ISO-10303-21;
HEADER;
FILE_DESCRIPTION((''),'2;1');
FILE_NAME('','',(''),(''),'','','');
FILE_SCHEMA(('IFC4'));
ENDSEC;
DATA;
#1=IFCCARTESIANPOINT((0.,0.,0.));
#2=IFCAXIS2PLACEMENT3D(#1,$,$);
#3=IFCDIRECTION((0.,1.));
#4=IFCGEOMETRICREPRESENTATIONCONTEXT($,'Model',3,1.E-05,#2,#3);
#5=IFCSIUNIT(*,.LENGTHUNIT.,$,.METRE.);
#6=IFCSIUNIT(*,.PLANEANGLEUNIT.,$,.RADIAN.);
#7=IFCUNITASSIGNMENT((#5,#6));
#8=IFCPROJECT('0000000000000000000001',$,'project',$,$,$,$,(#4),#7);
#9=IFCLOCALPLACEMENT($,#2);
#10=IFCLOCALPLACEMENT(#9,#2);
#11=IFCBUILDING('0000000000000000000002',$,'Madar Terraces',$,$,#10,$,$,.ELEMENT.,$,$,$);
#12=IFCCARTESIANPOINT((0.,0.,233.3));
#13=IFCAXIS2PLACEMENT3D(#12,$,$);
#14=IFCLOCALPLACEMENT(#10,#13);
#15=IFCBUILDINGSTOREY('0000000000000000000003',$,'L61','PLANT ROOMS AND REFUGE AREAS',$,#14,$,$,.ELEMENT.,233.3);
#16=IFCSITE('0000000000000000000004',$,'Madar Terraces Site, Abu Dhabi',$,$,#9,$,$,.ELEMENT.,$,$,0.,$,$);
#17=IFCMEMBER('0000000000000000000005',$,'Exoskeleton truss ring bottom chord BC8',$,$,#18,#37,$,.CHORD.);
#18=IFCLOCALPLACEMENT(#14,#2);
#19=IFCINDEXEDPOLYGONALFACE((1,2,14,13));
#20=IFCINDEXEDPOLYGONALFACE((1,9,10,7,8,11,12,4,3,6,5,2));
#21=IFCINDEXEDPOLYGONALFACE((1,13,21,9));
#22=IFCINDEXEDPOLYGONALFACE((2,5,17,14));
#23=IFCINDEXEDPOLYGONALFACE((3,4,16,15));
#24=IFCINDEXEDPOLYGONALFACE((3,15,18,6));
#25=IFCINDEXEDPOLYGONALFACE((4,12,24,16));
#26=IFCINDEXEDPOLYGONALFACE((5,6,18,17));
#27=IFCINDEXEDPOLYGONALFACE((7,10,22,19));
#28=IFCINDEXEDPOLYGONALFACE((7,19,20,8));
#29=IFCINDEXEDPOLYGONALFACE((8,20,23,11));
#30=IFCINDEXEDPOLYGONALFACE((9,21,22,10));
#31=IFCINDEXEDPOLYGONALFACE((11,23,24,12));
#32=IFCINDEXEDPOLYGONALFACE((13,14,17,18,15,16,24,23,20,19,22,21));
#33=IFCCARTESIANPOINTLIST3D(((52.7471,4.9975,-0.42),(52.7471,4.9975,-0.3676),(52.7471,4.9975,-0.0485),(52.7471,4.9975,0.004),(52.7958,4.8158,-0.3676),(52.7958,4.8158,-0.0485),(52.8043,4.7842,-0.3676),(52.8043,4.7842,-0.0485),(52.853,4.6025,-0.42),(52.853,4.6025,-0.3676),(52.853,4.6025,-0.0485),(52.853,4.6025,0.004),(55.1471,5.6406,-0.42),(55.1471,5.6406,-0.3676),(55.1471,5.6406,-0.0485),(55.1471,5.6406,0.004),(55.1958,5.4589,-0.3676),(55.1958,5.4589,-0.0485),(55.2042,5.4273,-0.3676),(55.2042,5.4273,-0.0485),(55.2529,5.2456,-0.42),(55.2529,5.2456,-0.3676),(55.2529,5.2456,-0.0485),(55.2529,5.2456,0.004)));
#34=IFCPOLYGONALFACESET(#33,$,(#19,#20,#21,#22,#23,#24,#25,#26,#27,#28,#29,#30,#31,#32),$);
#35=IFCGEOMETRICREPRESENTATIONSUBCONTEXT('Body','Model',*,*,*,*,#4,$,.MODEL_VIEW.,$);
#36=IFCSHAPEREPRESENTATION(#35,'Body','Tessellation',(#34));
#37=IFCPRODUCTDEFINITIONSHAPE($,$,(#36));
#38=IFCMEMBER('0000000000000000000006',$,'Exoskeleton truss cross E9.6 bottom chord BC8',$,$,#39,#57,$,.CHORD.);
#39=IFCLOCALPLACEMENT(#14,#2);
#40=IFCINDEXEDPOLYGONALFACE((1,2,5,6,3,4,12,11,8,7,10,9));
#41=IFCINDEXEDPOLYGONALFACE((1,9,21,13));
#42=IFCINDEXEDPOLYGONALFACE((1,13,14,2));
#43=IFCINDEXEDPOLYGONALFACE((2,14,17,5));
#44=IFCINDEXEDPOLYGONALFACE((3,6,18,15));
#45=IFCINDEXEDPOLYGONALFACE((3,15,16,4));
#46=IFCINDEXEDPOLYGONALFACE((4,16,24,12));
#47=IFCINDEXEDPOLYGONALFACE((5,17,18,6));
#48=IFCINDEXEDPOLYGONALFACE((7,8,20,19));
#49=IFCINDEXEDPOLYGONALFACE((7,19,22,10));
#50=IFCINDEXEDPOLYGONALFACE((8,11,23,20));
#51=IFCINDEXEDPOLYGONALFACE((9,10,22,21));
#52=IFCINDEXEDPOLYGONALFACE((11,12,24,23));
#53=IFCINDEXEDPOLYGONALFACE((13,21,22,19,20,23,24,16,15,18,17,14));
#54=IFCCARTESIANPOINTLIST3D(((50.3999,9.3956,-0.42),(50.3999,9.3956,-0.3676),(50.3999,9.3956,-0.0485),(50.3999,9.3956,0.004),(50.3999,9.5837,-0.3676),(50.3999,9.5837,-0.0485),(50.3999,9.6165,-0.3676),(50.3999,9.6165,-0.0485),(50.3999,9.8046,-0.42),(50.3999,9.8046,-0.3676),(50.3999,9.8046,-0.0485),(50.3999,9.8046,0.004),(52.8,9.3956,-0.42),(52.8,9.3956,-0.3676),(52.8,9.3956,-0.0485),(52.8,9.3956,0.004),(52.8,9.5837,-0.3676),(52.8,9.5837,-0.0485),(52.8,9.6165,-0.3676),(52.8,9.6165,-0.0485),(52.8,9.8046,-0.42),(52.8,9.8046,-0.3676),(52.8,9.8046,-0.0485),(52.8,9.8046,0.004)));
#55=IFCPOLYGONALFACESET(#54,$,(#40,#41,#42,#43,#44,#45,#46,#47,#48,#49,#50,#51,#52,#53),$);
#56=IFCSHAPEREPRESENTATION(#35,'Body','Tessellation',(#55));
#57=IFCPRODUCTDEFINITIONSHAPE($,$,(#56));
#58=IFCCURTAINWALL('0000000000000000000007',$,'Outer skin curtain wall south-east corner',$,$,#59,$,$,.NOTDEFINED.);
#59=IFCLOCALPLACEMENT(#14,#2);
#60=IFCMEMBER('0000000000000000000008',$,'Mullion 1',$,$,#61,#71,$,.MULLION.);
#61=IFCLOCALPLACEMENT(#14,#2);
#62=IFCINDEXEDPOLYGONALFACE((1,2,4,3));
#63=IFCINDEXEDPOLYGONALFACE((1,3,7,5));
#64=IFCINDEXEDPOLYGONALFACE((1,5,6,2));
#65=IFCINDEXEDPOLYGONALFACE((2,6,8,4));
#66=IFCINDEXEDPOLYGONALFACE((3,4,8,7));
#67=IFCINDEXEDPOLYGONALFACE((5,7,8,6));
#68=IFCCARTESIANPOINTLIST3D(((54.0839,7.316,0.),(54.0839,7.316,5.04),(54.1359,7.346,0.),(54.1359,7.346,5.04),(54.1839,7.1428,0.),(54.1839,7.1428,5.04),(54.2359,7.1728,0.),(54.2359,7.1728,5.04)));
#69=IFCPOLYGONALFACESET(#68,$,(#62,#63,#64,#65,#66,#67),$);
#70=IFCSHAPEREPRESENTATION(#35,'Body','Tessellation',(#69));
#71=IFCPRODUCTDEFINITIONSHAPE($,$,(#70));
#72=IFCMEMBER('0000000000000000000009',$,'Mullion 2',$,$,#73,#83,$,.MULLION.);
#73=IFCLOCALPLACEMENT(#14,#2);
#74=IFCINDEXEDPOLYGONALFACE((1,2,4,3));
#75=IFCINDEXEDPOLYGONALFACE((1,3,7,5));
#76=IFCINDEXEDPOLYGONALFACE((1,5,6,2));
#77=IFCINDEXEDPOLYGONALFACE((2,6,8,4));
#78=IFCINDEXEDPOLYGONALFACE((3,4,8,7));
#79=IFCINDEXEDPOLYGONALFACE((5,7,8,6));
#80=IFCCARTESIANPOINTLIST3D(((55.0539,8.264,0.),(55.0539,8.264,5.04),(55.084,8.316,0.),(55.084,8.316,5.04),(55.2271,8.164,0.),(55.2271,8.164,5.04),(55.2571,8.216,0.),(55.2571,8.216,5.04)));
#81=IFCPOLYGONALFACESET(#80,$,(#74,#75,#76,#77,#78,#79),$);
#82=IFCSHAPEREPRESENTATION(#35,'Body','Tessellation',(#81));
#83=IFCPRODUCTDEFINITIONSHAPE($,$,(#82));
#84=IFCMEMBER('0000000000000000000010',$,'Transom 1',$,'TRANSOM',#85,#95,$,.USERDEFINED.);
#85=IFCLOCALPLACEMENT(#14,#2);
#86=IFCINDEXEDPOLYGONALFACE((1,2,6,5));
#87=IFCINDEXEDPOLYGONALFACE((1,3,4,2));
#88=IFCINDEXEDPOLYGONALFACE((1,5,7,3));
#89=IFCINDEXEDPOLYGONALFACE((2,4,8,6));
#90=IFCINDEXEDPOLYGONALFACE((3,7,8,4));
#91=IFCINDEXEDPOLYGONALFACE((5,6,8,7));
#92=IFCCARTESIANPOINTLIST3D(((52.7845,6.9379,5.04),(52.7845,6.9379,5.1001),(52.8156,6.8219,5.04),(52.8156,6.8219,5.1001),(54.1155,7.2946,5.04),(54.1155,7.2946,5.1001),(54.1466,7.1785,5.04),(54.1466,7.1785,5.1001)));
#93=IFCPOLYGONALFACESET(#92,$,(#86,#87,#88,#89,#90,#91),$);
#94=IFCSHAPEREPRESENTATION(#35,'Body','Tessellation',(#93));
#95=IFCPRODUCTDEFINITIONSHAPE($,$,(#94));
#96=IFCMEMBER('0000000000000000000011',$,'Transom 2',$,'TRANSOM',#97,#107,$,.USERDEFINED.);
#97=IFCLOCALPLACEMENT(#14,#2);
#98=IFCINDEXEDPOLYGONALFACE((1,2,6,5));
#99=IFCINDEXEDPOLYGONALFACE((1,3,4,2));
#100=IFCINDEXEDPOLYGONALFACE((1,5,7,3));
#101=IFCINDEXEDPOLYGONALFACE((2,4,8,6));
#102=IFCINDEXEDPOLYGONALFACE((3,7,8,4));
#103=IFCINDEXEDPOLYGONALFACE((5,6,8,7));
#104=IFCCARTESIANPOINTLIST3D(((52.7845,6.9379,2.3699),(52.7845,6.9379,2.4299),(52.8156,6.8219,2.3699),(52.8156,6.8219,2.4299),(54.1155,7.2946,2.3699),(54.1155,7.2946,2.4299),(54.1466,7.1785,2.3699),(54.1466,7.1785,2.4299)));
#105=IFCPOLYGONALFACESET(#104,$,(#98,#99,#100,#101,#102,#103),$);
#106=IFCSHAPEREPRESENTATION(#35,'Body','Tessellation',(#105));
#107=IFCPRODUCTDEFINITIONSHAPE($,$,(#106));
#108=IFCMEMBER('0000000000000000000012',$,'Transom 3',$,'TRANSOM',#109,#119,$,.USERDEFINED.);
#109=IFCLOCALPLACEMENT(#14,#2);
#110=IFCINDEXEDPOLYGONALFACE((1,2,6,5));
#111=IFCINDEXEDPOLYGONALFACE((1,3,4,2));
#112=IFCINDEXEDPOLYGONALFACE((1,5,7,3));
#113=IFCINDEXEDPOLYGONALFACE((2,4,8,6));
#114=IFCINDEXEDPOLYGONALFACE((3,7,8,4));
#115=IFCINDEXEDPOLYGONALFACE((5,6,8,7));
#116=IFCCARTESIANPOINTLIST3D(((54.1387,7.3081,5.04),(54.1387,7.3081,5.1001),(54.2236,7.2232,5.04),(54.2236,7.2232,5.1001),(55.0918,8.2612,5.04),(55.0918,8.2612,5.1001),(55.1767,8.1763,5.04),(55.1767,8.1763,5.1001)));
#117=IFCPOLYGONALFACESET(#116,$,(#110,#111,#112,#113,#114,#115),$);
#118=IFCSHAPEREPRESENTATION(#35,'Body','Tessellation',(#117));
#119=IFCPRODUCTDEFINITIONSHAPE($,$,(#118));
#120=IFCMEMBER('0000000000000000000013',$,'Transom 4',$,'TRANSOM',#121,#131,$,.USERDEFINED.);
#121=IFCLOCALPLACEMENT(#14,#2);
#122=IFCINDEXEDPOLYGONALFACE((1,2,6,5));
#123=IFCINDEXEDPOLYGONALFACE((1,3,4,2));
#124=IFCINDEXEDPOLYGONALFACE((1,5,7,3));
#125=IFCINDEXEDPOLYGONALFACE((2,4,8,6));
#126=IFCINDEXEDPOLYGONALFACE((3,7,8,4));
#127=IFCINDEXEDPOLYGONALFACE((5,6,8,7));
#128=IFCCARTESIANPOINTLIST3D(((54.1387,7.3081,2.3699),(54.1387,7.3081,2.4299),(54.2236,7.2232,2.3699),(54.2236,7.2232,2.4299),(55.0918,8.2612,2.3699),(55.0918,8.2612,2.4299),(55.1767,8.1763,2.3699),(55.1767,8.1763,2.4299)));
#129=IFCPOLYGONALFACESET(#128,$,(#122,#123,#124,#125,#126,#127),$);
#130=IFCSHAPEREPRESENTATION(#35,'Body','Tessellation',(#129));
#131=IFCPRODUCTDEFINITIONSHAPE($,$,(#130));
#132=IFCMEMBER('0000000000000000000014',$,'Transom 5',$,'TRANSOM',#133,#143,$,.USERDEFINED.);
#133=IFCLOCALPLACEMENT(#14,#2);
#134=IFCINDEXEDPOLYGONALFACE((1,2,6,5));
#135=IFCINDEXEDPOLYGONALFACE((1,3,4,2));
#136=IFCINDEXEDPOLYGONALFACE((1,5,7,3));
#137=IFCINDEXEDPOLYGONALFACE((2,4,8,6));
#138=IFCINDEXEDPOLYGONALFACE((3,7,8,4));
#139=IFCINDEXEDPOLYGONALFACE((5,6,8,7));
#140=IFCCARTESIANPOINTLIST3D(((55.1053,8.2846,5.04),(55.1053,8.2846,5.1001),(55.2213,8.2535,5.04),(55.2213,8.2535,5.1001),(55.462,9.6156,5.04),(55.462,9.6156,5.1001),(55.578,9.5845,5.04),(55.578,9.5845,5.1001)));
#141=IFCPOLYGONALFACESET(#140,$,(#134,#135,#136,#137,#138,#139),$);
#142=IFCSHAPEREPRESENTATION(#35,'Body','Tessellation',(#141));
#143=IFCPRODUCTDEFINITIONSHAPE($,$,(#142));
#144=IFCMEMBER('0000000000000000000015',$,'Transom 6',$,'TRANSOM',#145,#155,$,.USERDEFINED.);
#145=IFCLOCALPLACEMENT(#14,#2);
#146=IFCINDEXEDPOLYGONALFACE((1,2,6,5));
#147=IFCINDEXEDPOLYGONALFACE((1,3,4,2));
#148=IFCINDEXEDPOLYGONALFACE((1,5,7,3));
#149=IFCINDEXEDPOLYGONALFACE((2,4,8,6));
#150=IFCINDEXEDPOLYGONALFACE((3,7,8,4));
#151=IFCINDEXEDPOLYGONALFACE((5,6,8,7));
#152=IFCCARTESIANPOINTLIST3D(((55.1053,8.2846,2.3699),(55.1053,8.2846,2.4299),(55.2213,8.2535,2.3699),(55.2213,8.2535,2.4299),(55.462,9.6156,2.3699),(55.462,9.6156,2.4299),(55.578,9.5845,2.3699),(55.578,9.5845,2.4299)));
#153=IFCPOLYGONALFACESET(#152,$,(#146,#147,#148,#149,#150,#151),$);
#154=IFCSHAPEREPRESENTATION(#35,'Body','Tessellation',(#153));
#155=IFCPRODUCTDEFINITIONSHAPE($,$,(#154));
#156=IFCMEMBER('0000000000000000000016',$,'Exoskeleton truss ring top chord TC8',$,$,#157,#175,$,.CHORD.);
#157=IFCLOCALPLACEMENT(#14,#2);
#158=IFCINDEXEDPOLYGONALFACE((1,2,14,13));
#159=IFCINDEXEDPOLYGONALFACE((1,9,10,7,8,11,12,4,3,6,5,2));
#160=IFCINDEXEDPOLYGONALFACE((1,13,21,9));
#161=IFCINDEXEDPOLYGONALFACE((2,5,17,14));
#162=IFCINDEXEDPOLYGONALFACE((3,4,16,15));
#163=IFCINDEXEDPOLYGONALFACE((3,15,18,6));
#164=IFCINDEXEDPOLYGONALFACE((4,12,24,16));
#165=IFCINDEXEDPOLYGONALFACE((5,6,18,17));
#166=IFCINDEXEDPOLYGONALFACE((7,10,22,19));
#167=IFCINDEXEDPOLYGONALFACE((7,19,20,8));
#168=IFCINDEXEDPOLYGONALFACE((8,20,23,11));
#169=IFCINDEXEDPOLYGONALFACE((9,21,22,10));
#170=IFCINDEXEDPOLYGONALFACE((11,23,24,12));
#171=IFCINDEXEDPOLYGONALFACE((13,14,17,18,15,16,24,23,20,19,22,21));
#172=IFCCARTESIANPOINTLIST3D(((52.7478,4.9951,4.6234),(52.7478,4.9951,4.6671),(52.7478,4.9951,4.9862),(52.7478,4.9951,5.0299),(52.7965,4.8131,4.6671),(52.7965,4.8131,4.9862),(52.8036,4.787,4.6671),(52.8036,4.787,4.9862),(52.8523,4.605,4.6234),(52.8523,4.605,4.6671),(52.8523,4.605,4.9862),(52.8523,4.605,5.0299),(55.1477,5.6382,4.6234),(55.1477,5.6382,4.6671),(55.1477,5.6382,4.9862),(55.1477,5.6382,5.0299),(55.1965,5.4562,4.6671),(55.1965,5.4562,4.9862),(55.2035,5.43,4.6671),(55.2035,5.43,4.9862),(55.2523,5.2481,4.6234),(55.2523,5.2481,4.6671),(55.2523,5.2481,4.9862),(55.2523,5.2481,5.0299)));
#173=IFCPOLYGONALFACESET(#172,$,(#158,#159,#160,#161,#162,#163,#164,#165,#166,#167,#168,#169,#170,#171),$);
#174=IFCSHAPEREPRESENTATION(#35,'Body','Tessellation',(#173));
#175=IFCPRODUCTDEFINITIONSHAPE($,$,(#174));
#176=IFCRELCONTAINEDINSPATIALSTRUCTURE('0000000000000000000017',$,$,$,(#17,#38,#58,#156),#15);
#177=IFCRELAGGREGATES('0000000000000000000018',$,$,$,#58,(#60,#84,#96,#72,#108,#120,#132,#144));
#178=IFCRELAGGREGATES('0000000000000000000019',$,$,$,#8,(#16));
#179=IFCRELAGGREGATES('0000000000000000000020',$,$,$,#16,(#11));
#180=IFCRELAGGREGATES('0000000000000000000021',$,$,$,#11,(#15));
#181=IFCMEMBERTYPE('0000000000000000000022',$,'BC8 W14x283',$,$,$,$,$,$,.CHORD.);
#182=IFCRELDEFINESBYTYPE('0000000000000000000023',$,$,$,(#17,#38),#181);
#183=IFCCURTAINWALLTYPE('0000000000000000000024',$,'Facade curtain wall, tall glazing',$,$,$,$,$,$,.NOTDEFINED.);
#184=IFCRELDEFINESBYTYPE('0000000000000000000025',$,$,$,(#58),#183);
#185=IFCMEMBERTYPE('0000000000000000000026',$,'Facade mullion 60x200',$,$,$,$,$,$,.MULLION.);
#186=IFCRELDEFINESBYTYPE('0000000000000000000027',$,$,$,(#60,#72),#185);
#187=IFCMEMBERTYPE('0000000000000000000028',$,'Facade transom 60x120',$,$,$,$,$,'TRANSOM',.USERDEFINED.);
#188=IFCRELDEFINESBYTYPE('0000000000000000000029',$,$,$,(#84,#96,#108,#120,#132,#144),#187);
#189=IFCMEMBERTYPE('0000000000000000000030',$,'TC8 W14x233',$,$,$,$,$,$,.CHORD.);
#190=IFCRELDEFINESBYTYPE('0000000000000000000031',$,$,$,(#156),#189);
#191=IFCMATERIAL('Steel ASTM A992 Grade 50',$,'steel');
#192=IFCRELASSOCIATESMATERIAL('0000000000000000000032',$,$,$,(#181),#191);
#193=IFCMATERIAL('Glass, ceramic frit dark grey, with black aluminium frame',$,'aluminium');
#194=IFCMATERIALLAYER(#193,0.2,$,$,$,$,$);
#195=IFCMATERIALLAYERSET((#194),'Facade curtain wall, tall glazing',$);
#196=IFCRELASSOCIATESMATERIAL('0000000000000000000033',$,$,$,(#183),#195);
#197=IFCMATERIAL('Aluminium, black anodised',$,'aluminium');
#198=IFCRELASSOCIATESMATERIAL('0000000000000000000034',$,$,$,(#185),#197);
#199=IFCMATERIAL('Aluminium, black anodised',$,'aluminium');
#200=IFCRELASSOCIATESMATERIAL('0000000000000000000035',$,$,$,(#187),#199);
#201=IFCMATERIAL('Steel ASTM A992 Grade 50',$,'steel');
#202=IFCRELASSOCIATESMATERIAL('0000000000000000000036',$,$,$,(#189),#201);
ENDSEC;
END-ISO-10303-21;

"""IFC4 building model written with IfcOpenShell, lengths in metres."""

from ifc_helpers import new_model, si_unit, direction, frame, origin, origin_2d, place, context, subcontext, project, spatial, rectangle, i_section, extrude, material, layer, layer_set, material_profile, profile_set, type_object, element, aggregate, save


model = new_model("IFC4")

# Units and contexts
model_context = context("Model", 3, precision=1e-05, world=origin(), true_north=direction((0.0, 1.0)))
body_context = subcontext(model_context, "Body", "Model", "MODEL_VIEW")
ifc_project = project(units=[si_unit("LENGTHUNIT", "METRE"), si_unit("PLANEANGLEUNIT", "RADIAN")], contexts=[model_context])

# Site, building, storey
site_placement = place(None, origin())
site = spatial("IfcSite", under=ifc_project, at=site_placement, Name="Madar Terraces Site, Abu Dhabi", CompositionType="ELEMENT", RefElevation=0.0)
building_placement = place(site_placement, origin())
building = spatial("IfcBuilding", under=site, at=building_placement, Name="Madar Terraces", CompositionType="ELEMENT")
storey_placement = place(building_placement, frame((0.0, 0.0, 233.3)))
storey = spatial("IfcBuildingStorey", under=building, at=storey_placement, Name="L61", Description="PLANT ROOMS AND REFUGE AREAS", CompositionType="ELEMENT", Elevation=233.3)

# Members
ifc_material_1 = material(Name="Steel ASTM A992 Grade 50", Category="steel")
ifc_material_profile_1 = material_profile(ifc_material_1, i_section(OverallWidth=0.4089, OverallDepth=0.4241, WebThickness=0.0327, FlangeThickness=0.0525, at=origin_2d()), Name="W14x283")
ifc_profile_set_1 = profile_set([ifc_material_profile_1], Name="Steel ASTM A992 Grade 50")
member_type_1 = type_object("IfcMemberType", Name="BC8 W14x283", PredefinedType="CHORD", material=ifc_profile_set_1)
member_1_placement = place(storey_placement, frame((52.8, 4.8, -0.208), z_axis=(0.965924, 0.258824, 0.0), x_axis=(-0.258824, 0.965924, 0.0)))
element("IfcMember", 1, at=member_1_placement, inside=storey, type_object=member_type_1, Name="Exoskeleton truss ring bottom chord BC8", PredefinedType="CHORD", context=body_context, shape_type="SweptSolid", body=[
    extrude(i_section(OverallWidth=0.4089, OverallDepth=0.4241, WebThickness=0.0327, FlangeThickness=0.0525, at=origin_2d()), origin(), (0.0, 0.0, 1.0), 2.4846),
])
member_2_placement = place(storey_placement, frame((52.8, 9.6001, -0.208), z_axis=(-1.0, 0.0, 0.0), x_axis=(0.0, -1.0, 0.0)))
element("IfcMember", 2, at=member_2_placement, inside=storey, type_object=member_type_1, Name="Exoskeleton truss cross E9.6 bottom chord BC8", PredefinedType="CHORD", context=body_context, shape_type="SweptSolid", body=[
    extrude(i_section(OverallWidth=0.4089, OverallDepth=0.4241, WebThickness=0.0327, FlangeThickness=0.0525, at=origin_2d()), origin(), (0.0, 0.0, 1.0), 2.4001),
])

# Curtain wall, members
ifc_material_2 = material(Name="Glass, ceramic frit dark grey, with black aluminium frame", Category="aluminium")
ifc_layer_1 = layer(ifc_material_2, 0.2)
ifc_layer_set_1 = layer_set([ifc_layer_1], Name="Facade curtain wall, tall glazing")
curtain_wall_type = type_object("IfcCurtainWallType", Name="Facade curtain wall, tall glazing", PredefinedType="NOTDEFINED", material=ifc_layer_set_1)
curtain_wall_placement = place(storey_placement, origin())
curtain_wall = element("IfcCurtainWall", 3, at=curtain_wall_placement, inside=storey, type_object=curtain_wall_type, Name="Outer skin curtain wall south-east corner", PredefinedType="NOTDEFINED")
ifc_material_3 = material(Name="Aluminium, black anodised", Category="aluminium")
ifc_material_profile_2 = material_profile(ifc_material_3, rectangle(XDim=0.2, YDim=0.0601, at=origin_2d()), Name="Facade mullion 60x200")
ifc_profile_set_2 = profile_set([ifc_material_profile_2], Name="Aluminium, black anodised")
member_type_2 = type_object("IfcMemberType", Name="Facade mullion 60x200", PredefinedType="MULLION", material=ifc_profile_set_2)
member_3_placement = place(storey_placement, frame((54.1599, 7.2444, 0.0), z_axis=(0.0, 0.0, 1.0), x_axis=(-0.5, 0.866025, 0.0)))
member_3 = element("IfcMember", 4, at=member_3_placement, type_object=member_type_2, Name="Mullion 1", PredefinedType="MULLION", context=body_context, shape_type="SweptSolid", body=[
    extrude(rectangle(XDim=0.2, YDim=0.0601, at=origin_2d()), origin(), (0.0, 0.0, 1.0), 5.04),
])
member_4_placement = place(storey_placement, frame((55.1555, 8.24, 0.0), z_axis=(0.0, 0.0, 1.0), x_axis=(-0.866025, 0.5, 0.0)))
member_4 = element("IfcMember", 5, at=member_4_placement, type_object=member_type_2, Name="Mullion 2", PredefinedType="MULLION", context=body_context, shape_type="SweptSolid", body=[
    extrude(rectangle(XDim=0.2, YDim=0.0601, at=origin_2d()), origin(), (0.0, 0.0, 1.0), 5.04),
])
ifc_material_4 = material(Name="Aluminium, black anodised", Category="aluminium")
ifc_material_profile_3 = material_profile(ifc_material_4, rectangle(XDim=0.1201, YDim=0.0601, at=origin_2d()), Name="Facade transom 60x120")
ifc_profile_set_3 = profile_set([ifc_material_profile_3], Name="Aluminium, black anodised")
member_type_3 = type_object("IfcMemberType", Name="Facade transom 60x120", ElementType="TRANSOM", PredefinedType="USERDEFINED", material=ifc_profile_set_3)
member_5_placement = place(storey_placement, frame((52.8, 6.8799, 5.0701), z_axis=(0.96592, 0.258842, 0.0), x_axis=(-0.258842, 0.96592, 0.0)))
member_5 = element("IfcMember", 6, at=member_5_placement, type_object=member_type_3, Name="Transom 1", ObjectType="TRANSOM", PredefinedType="USERDEFINED", context=body_context, shape_type="SweptSolid", body=[
    extrude(rectangle(XDim=0.1201, YDim=0.0601, at=origin_2d()), origin(), (0.0, 0.0, 1.0), 1.3779),
])
member_6_placement = place(storey_placement, frame((52.8, 6.8799, 2.3999), z_axis=(0.96592, 0.258842, 0.0), x_axis=(-0.258842, 0.96592, 0.0)))
member_6 = element("IfcMember", 7, at=member_6_placement, type_object=member_type_3, Name="Transom 2", ObjectType="TRANSOM", PredefinedType="USERDEFINED", context=body_context, shape_type="SweptSolid", body=[
    extrude(rectangle(XDim=0.1201, YDim=0.0601, at=origin_2d()), origin(), (0.0, 0.0, 1.0), 1.3779),
])
member_7_placement = place(storey_placement, frame((54.1812, 7.2656, 5.0701), z_axis=(0.707107, 0.707107, 0.0), x_axis=(-0.707107, 0.707107, 0.0)))
member_7 = element("IfcMember", 8, at=member_7_placement, type_object=member_type_3, Name="Transom 3", ObjectType="TRANSOM", PredefinedType="USERDEFINED", context=body_context, shape_type="SweptSolid", body=[
    extrude(rectangle(XDim=0.1201, YDim=0.0601, at=origin_2d()), origin(), (0.0, 0.0, 1.0), 1.3479),
])
member_8_placement = place(storey_placement, frame((54.1812, 7.2656, 2.3999), z_axis=(0.707107, 0.707107, 0.0), x_axis=(-0.707107, 0.707107, 0.0)))
member_8 = element("IfcMember", 9, at=member_8_placement, type_object=member_type_3, Name="Transom 4", ObjectType="TRANSOM", PredefinedType="USERDEFINED", context=body_context, shape_type="SweptSolid", body=[
    extrude(rectangle(XDim=0.1201, YDim=0.0601, at=origin_2d()), origin(), (0.0, 0.0, 1.0), 1.3479),
])
member_9_placement = place(storey_placement, frame((55.1633, 8.269, 5.0701), z_axis=(0.258842, 0.96592, 0.0), x_axis=(-0.96592, 0.258842, 0.0)))
member_9 = element("IfcMember", 10, at=member_9_placement, type_object=member_type_3, Name="Transom 5", ObjectType="TRANSOM", PredefinedType="USERDEFINED", context=body_context, shape_type="SweptSolid", body=[
    extrude(rectangle(XDim=0.1201, YDim=0.0601, at=origin_2d()), origin(), (0.0, 0.0, 1.0), 1.3779),
])
member_10_placement = place(storey_placement, frame((55.1633, 8.269, 2.3999), z_axis=(0.258842, 0.96592, 0.0), x_axis=(-0.96592, 0.258842, 0.0)))
member_10 = element("IfcMember", 11, at=member_10_placement, type_object=member_type_3, Name="Transom 6", ObjectType="TRANSOM", PredefinedType="USERDEFINED", context=body_context, shape_type="SweptSolid", body=[
    extrude(rectangle(XDim=0.1201, YDim=0.0601, at=origin_2d()), origin(), (0.0, 0.0, 1.0), 1.3779),
])

# Member
ifc_material_5 = material(Name="Steel ASTM A992 Grade 50", Category="steel")
ifc_material_profile_4 = material_profile(ifc_material_5, i_section(OverallWidth=0.4038, OverallDepth=0.4065, WebThickness=0.0271, FlangeThickness=0.0437, at=origin_2d()), Name="W14x233")
ifc_profile_set_4 = profile_set([ifc_material_profile_4], Name="Steel ASTM A992 Grade 50")
member_type_4 = type_object("IfcMemberType", Name="TC8 W14x233", PredefinedType="CHORD", material=ifc_profile_set_4)
member_11_placement = place(storey_placement, frame((52.8, 4.8, 4.8267), z_axis=(0.965924, 0.258824, 0.0), x_axis=(-0.258824, 0.965924, 0.0)))
element("IfcMember", 12, at=member_11_placement, inside=storey, type_object=member_type_4, Name="Exoskeleton truss ring top chord TC8", PredefinedType="CHORD", context=body_context, shape_type="SweptSolid", body=[
    extrude(i_section(OverallWidth=0.4038, OverallDepth=0.4065, WebThickness=0.0271, FlangeThickness=0.0437, at=origin_2d()), origin(), (0.0, 0.0, 1.0), 2.4846),
])

aggregate(curtain_wall, [member_3, member_5, member_6, member_4, member_7, member_8, member_9, member_10])

save(model, "model.ifc")
